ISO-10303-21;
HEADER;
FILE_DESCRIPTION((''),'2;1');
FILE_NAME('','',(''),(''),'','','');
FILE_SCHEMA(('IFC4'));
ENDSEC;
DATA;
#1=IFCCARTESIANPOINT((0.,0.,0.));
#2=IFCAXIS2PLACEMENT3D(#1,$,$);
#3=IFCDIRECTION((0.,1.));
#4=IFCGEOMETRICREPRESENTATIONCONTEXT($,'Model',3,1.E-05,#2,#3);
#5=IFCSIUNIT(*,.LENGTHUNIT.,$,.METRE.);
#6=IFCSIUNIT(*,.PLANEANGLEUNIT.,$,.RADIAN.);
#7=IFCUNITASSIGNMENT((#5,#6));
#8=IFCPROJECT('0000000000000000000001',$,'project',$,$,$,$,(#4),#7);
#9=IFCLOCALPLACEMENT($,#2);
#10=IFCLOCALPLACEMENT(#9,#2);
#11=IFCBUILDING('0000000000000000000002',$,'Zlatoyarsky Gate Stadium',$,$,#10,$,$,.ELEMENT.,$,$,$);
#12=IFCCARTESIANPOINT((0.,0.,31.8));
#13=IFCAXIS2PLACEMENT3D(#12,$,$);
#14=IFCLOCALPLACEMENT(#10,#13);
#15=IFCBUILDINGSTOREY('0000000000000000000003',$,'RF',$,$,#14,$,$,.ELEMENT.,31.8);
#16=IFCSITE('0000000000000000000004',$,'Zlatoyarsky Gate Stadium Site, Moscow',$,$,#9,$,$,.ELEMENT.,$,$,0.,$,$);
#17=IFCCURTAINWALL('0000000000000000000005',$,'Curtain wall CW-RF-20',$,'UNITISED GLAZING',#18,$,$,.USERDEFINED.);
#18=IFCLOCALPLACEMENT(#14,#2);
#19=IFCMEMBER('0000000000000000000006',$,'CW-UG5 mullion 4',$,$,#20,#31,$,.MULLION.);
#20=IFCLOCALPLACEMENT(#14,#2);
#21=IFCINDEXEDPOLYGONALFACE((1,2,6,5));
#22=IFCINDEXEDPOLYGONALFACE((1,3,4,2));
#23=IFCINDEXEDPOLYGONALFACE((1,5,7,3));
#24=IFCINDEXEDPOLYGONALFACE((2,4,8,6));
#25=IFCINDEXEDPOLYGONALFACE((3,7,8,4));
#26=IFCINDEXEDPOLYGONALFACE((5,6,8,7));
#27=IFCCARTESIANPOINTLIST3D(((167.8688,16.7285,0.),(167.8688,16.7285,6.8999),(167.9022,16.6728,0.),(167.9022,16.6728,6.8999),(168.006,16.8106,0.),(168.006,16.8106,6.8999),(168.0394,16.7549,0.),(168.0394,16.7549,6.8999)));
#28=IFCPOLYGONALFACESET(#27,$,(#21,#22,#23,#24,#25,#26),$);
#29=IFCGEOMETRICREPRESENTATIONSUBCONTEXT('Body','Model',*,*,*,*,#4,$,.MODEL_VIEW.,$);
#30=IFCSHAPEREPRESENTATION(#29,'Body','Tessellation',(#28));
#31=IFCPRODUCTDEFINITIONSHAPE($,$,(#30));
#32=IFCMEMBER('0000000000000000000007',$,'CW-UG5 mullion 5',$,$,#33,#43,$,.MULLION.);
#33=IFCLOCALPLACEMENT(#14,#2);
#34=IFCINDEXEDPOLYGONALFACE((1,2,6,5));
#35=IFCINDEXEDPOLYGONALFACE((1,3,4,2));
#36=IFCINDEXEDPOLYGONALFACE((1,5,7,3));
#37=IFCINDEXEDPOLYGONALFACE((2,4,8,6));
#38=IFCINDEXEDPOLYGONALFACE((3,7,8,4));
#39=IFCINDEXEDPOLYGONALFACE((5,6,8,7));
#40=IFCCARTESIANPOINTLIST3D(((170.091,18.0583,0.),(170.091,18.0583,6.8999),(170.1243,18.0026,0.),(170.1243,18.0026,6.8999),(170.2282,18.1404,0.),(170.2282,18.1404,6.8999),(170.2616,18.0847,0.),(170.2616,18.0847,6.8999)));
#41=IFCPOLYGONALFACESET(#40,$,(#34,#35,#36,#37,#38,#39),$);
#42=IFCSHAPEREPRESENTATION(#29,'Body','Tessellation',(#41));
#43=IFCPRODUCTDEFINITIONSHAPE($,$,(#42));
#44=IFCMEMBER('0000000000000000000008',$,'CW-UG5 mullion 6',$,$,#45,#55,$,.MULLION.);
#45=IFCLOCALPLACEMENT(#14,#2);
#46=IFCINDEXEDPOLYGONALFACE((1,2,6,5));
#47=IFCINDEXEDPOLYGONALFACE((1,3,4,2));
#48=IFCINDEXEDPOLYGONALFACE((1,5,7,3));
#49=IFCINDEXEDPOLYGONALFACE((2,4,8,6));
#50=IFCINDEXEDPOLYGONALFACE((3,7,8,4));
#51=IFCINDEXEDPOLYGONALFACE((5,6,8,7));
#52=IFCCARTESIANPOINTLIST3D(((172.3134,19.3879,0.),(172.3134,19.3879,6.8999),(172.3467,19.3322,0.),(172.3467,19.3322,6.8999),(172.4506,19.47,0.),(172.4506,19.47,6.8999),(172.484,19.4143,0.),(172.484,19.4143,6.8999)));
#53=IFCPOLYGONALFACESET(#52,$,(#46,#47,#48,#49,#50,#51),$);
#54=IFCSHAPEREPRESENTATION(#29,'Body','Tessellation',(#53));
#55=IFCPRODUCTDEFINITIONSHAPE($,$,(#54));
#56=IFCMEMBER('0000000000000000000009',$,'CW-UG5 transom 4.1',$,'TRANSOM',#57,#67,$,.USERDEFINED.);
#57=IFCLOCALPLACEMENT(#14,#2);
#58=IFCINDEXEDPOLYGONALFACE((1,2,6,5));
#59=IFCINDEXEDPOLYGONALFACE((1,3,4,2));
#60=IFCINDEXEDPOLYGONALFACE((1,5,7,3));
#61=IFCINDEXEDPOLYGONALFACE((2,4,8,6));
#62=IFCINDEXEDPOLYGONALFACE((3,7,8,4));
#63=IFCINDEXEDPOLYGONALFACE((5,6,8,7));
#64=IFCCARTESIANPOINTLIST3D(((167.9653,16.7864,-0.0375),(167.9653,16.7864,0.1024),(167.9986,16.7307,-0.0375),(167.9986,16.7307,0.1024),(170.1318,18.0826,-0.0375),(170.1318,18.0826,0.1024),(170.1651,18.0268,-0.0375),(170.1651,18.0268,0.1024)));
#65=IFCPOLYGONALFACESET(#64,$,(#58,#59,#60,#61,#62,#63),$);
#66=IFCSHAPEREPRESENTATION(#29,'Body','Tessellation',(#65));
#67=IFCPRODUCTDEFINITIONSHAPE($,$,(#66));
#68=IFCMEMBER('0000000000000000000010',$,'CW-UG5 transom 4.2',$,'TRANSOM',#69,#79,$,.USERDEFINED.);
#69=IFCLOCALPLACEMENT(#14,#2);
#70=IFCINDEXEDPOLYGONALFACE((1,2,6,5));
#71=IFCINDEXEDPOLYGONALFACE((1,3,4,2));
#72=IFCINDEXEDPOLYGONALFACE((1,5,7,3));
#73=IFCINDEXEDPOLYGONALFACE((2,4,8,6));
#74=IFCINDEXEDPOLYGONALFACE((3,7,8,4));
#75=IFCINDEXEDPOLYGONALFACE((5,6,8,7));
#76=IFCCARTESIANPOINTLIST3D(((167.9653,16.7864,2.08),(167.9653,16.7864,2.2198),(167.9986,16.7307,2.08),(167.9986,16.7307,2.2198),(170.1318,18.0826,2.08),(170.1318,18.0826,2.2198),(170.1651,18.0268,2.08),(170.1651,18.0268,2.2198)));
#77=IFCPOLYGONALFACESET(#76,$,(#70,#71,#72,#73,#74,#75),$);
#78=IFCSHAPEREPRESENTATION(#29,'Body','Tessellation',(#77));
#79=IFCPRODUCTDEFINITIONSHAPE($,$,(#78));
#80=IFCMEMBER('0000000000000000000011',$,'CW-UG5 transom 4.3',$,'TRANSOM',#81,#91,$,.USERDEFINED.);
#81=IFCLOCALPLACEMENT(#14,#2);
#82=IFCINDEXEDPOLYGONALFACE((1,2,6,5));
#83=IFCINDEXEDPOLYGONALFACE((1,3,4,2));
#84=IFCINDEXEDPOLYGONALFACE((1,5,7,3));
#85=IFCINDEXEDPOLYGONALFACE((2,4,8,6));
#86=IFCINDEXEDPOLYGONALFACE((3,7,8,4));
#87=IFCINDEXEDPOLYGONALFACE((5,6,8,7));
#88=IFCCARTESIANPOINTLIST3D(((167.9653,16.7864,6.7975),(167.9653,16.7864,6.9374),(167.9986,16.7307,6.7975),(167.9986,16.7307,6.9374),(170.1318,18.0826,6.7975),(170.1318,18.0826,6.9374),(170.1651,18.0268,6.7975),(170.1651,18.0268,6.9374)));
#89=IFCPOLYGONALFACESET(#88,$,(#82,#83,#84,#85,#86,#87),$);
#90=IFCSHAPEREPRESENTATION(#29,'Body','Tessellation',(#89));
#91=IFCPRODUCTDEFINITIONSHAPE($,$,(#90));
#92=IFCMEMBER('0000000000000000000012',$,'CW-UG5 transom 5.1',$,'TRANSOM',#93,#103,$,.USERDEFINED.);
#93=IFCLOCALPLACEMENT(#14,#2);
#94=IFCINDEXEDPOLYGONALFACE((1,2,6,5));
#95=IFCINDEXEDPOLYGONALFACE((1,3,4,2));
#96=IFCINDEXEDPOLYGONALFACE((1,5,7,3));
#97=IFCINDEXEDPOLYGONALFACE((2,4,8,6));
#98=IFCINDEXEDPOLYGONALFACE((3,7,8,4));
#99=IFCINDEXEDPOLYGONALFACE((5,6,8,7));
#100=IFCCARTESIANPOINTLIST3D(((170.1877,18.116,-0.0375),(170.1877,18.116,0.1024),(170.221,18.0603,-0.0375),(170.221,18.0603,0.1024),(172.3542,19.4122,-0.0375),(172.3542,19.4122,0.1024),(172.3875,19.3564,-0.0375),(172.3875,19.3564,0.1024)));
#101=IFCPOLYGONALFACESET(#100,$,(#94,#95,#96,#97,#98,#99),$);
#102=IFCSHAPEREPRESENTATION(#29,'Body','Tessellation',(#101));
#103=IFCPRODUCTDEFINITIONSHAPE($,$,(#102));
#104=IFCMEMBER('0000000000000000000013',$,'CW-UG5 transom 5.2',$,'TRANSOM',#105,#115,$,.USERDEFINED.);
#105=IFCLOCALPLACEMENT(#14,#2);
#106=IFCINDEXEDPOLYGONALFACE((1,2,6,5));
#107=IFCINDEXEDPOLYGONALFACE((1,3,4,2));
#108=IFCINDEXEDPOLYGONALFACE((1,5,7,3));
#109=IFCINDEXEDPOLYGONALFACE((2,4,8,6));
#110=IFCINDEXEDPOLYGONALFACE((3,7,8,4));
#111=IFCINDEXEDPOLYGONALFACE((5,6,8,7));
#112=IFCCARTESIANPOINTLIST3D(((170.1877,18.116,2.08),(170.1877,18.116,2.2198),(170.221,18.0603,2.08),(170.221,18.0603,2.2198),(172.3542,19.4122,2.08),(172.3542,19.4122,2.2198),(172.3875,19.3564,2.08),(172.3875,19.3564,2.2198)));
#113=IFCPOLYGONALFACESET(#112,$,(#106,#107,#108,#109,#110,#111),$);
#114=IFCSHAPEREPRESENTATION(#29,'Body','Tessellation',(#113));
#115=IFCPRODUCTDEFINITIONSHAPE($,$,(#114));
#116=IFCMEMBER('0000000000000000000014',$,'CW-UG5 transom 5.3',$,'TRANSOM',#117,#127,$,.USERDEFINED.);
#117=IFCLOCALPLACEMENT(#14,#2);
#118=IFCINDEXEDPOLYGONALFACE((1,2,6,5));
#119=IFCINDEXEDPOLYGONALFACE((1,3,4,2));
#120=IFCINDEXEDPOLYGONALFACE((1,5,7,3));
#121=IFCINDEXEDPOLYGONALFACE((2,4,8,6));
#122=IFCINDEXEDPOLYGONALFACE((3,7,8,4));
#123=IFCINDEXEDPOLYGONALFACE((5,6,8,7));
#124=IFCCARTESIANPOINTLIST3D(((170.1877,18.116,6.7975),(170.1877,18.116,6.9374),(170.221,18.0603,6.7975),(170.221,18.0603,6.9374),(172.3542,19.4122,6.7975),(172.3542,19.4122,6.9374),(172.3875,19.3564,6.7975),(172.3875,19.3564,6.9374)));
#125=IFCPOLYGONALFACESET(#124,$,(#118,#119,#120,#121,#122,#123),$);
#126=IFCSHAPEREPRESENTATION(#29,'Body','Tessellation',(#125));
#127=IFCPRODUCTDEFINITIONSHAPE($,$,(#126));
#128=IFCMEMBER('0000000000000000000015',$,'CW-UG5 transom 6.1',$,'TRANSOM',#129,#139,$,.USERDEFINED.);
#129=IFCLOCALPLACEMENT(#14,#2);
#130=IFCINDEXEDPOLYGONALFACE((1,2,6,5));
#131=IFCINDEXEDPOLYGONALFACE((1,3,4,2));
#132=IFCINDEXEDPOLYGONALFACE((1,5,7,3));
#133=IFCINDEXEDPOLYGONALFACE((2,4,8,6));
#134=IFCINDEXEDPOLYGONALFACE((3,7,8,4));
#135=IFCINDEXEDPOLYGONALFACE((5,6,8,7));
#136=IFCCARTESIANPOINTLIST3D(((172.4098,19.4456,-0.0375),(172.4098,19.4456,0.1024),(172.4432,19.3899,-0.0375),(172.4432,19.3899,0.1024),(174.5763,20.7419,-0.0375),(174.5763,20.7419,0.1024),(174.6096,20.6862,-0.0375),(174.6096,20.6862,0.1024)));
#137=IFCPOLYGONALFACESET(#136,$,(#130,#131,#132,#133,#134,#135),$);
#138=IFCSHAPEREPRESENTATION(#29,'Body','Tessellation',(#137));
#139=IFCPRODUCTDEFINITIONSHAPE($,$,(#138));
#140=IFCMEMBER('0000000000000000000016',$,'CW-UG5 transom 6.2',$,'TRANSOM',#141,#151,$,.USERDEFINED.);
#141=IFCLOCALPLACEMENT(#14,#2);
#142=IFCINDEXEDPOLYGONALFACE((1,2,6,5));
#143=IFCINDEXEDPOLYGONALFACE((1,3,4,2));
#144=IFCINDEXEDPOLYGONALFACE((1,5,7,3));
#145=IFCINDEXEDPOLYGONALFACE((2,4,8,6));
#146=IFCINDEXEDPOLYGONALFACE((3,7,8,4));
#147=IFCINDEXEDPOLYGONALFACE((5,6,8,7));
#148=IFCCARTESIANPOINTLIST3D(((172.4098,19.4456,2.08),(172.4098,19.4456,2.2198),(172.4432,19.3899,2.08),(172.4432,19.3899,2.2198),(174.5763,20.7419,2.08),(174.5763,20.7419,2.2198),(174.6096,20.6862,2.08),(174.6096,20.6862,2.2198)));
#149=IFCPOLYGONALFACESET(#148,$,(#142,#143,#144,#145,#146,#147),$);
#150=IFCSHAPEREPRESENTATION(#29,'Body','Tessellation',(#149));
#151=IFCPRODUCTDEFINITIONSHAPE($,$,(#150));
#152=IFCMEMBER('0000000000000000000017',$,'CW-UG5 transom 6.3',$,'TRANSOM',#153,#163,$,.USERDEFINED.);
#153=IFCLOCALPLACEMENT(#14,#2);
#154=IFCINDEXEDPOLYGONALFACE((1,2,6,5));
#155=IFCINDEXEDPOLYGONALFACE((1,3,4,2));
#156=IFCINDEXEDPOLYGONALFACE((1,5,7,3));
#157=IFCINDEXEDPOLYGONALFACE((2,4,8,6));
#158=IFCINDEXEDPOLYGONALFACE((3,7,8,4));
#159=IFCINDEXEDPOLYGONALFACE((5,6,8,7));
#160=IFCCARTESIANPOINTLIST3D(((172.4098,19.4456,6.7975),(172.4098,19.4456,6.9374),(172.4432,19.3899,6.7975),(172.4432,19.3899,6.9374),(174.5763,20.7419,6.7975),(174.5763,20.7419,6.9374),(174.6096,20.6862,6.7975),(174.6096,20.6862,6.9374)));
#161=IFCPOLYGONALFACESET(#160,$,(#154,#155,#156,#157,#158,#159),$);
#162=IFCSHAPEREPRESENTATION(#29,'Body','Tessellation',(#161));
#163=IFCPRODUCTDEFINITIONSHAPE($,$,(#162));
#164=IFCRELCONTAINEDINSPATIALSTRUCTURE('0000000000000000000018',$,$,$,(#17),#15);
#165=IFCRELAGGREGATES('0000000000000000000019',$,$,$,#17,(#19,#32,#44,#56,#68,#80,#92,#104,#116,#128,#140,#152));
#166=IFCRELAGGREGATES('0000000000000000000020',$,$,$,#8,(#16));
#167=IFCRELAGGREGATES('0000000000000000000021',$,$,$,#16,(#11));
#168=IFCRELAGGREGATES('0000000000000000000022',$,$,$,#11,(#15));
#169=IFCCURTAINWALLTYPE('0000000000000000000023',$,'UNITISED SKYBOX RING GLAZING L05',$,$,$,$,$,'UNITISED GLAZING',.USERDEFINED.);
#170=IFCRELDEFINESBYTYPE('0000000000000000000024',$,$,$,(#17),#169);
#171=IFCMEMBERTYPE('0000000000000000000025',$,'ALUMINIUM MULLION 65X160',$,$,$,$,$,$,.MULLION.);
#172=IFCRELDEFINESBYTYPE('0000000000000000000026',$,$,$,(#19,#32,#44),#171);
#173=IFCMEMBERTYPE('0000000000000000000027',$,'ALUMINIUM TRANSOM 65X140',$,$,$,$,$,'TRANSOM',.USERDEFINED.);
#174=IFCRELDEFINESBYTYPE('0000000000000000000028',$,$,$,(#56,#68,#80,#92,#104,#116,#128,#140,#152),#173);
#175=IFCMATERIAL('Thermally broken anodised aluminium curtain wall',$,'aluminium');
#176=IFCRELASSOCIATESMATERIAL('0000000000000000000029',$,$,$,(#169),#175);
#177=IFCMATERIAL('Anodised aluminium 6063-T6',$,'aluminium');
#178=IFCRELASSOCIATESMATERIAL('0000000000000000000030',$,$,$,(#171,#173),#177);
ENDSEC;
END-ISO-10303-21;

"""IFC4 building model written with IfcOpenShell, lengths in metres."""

from ifc_helpers import new_model, si_unit, direction, frame, origin, origin_2d, place, context, subcontext, project, spatial, rectangle, extrude, material, material_profile, profile_set, type_object, element, aggregate, save


model = new_model("IFC4")

# Units and contexts
model_context = context("Model", 3, precision=1e-05, world=origin(), true_north=direction((0.0, 1.0)))
body_context = subcontext(model_context, "Body", "Model", "MODEL_VIEW")
ifc_project = project(units=[si_unit("LENGTHUNIT", "METRE"), si_unit("PLANEANGLEUNIT", "RADIAN")], contexts=[model_context])

# Site, building, storey
site_placement = place(None, origin())
site = spatial("IfcSite", under=ifc_project, at=site_placement, Name="Zlatoyarsky Gate Stadium Site, Moscow", CompositionType="ELEMENT", RefElevation=0.0)
building_placement = place(site_placement, origin())
building = spatial("IfcBuilding", under=site, at=building_placement, Name="Zlatoyarsky Gate Stadium", CompositionType="ELEMENT")
storey_placement = place(building_placement, frame((0.0, 0.0, 31.8)))
storey = spatial("IfcBuildingStorey", under=building, at=storey_placement, Name="RF", CompositionType="ELEMENT", Elevation=31.8)

# Curtain wall, members
ifc_material_1 = material(Name="Thermally broken anodised aluminium curtain wall", Category="aluminium")
curtain_wall_type = type_object("IfcCurtainWallType", Name="UNITISED SKYBOX RING GLAZING L05", ElementType="UNITISED GLAZING", PredefinedType="USERDEFINED", material=ifc_material_1)
curtain_wall_placement = place(storey_placement, origin())
curtain_wall = element("IfcCurtainWall", 1, at=curtain_wall_placement, inside=storey, type_object=curtain_wall_type, Name="Curtain wall CW-RF-20", ObjectType="UNITISED GLAZING", PredefinedType="USERDEFINED")
ifc_material_2 = material(Name="Anodised aluminium 6063-T6", Category="aluminium")
ifc_material_profile_1 = material_profile(ifc_material_2, rectangle(XDim=0.0649, YDim=0.1599, at=origin_2d()), Name="ALU 65X160")
ifc_profile_set_1 = profile_set([ifc_material_profile_1], Name="Anodised aluminium 6063-T6")
member_type_1 = type_object("IfcMemberType", Name="ALUMINIUM MULLION 65X160", PredefinedType="MULLION", material=ifc_profile_set_1)
member_1_placement = place(storey_placement, frame((167.9541, 16.7417, 0.0), z_axis=(0.0, 0.0, 1.0), x_axis=(-0.513436, 0.858128, 0.0)))
member_1 = element("IfcMember", 2, at=member_1_placement, type_object=member_type_1, Name="CW-UG5 mullion 4", PredefinedType="MULLION", context=body_context, shape_type="SweptSolid", body=[
    extrude(rectangle(XDim=0.0649, YDim=0.1599, at=origin_2d()), origin(), (0.0, 0.0, 1.0), 6.8999),
])
member_2_placement = place(storey_placement, frame((170.1763, 18.0715, 0.0), z_axis=(0.0, 0.0, 1.0), x_axis=(-0.513436, 0.858128, 0.0)))
member_2 = element("IfcMember", 3, at=member_2_placement, type_object=member_type_1, Name="CW-UG5 mullion 5", PredefinedType="MULLION", context=body_context, shape_type="SweptSolid", body=[
    extrude(rectangle(XDim=0.0649, YDim=0.1599, at=origin_2d()), origin(), (0.0, 0.0, 1.0), 6.8999),
])
member_3_placement = place(storey_placement, frame((172.3987, 19.4011, 0.0), z_axis=(0.0, 0.0, 1.0), x_axis=(-0.513436, 0.858128, 0.0)))
member_3 = element("IfcMember", 4, at=member_3_placement, type_object=member_type_1, Name="CW-UG5 mullion 6", PredefinedType="MULLION", context=body_context, shape_type="SweptSolid", body=[
    extrude(rectangle(XDim=0.0649, YDim=0.1599, at=origin_2d()), origin(), (0.0, 0.0, 1.0), 6.8999),
])
ifc_material_profile_2 = material_profile(ifc_material_2, rectangle(XDim=0.0649, YDim=0.1399, at=origin_2d()), Name="ALU 65X140")
ifc_profile_set_2 = profile_set([ifc_material_profile_2], Name="Anodised aluminium 6063-T6")
member_type_2 = type_object("IfcMemberType", Name="ALUMINIUM TRANSOM 65X140", ElementType="TRANSOM", PredefinedType="USERDEFINED", material=ifc_profile_set_2)
member_4_placement = place(storey_placement, frame((167.9819, 16.7585, 0.0325), z_axis=(0.858149, 0.5134, 0.0), x_axis=(-0.5134, 0.858149, 0.0)))
member_4 = element("IfcMember", 5, at=member_4_placement, type_object=member_type_2, Name="CW-UG5 transom 4.1", ObjectType="TRANSOM", PredefinedType="USERDEFINED", context=body_context, shape_type="SweptSolid", body=[
    extrude(rectangle(XDim=0.0649, YDim=0.1399, at=origin_2d()), origin(), (0.0, 0.0, 1.0), 2.5247),
])
member_5_placement = place(storey_placement, frame((167.9819, 16.7585, 2.1499), z_axis=(0.858149, 0.5134, 0.0), x_axis=(-0.5134, 0.858149, 0.0)))
member_5 = element("IfcMember", 6, at=member_5_placement, type_object=member_type_2, Name="CW-UG5 transom 4.2", ObjectType="TRANSOM", PredefinedType="USERDEFINED", context=body_context, shape_type="SweptSolid", body=[
    extrude(rectangle(XDim=0.0649, YDim=0.1399, at=origin_2d()), origin(), (0.0, 0.0, 1.0), 2.5247),
])
member_6_placement = place(storey_placement, frame((167.9819, 16.7585, 6.8674), z_axis=(0.858149, 0.5134, 0.0), x_axis=(-0.5134, 0.858149, 0.0)))
member_6 = element("IfcMember", 7, at=member_6_placement, type_object=member_type_2, Name="CW-UG5 transom 4.3", ObjectType="TRANSOM", PredefinedType="USERDEFINED", context=body_context, shape_type="SweptSolid", body=[
    extrude(rectangle(XDim=0.0649, YDim=0.1399, at=origin_2d()), origin(), (0.0, 0.0, 1.0), 2.5247),
])
member_7_placement = place(storey_placement, frame((170.2043, 18.0881, 0.0325), z_axis=(0.858149, 0.5134, 0.0), x_axis=(-0.5134, 0.858149, 0.0)))
member_7 = element("IfcMember", 8, at=member_7_placement, type_object=member_type_2, Name="CW-UG5 transom 5.1", ObjectType="TRANSOM", PredefinedType="USERDEFINED", context=body_context, shape_type="SweptSolid", body=[
    extrude(rectangle(XDim=0.0649, YDim=0.1399, at=origin_2d()), origin(), (0.0, 0.0, 1.0), 2.5247),
])
member_8_placement = place(storey_placement, frame((170.2043, 18.0881, 2.1499), z_axis=(0.858149, 0.5134, 0.0), x_axis=(-0.5134, 0.858149, 0.0)))
member_8 = element("IfcMember", 9, at=member_8_placement, type_object=member_type_2, Name="CW-UG5 transom 5.2", ObjectType="TRANSOM", PredefinedType="USERDEFINED", context=body_context, shape_type="SweptSolid", body=[
    extrude(rectangle(XDim=0.0649, YDim=0.1399, at=origin_2d()), origin(), (0.0, 0.0, 1.0), 2.5247),
])
member_9_placement = place(storey_placement, frame((170.2043, 18.0881, 6.8674), z_axis=(0.858149, 0.5134, 0.0), x_axis=(-0.5134, 0.858149, 0.0)))
member_9 = element("IfcMember", 10, at=member_9_placement, type_object=member_type_2, Name="CW-UG5 transom 5.3", ObjectType="TRANSOM", PredefinedType="USERDEFINED", context=body_context, shape_type="SweptSolid", body=[
    extrude(rectangle(XDim=0.0649, YDim=0.1399, at=origin_2d()), origin(), (0.0, 0.0, 1.0), 2.5247),
])
member_10_placement = place(storey_placement, frame((172.4265, 19.4177, 0.0325), z_axis=(0.858107, 0.513472, 0.0), x_axis=(-0.513472, 0.858107, 0.0)))
member_10 = element("IfcMember", 11, at=member_10_placement, type_object=member_type_2, Name="CW-UG5 transom 6.1", ObjectType="TRANSOM", PredefinedType="USERDEFINED", context=body_context, shape_type="SweptSolid", body=[
    extrude(rectangle(XDim=0.0649, YDim=0.1399, at=origin_2d()), origin(), (0.0, 0.0, 1.0), 2.5247),
])
member_11_placement = place(storey_placement, frame((172.4265, 19.4177, 2.1499), z_axis=(0.858107, 0.513472, 0.0), x_axis=(-0.513472, 0.858107, 0.0)))
member_11 = element("IfcMember", 12, at=member_11_placement, type_object=member_type_2, Name="CW-UG5 transom 6.2", ObjectType="TRANSOM", PredefinedType="USERDEFINED", context=body_context, shape_type="SweptSolid", body=[
    extrude(rectangle(XDim=0.0649, YDim=0.1399, at=origin_2d()), origin(), (0.0, 0.0, 1.0), 2.5247),
])
member_12_placement = place(storey_placement, frame((172.4265, 19.4177, 6.8674), z_axis=(0.858107, 0.513472, 0.0), x_axis=(-0.513472, 0.858107, 0.0)))
member_12 = element("IfcMember", 13, at=member_12_placement, type_object=member_type_2, Name="CW-UG5 transom 6.3", ObjectType="TRANSOM", PredefinedType="USERDEFINED", context=body_context, shape_type="SweptSolid", body=[
    extrude(rectangle(XDim=0.0649, YDim=0.1399, at=origin_2d()), origin(), (0.0, 0.0, 1.0), 2.5247),
])

aggregate(curtain_wall, [member_1, member_2, member_3, member_4, member_5, member_6, member_7, member_8, member_9, member_10, member_11, member_12])

save(model, "model.ifc")
